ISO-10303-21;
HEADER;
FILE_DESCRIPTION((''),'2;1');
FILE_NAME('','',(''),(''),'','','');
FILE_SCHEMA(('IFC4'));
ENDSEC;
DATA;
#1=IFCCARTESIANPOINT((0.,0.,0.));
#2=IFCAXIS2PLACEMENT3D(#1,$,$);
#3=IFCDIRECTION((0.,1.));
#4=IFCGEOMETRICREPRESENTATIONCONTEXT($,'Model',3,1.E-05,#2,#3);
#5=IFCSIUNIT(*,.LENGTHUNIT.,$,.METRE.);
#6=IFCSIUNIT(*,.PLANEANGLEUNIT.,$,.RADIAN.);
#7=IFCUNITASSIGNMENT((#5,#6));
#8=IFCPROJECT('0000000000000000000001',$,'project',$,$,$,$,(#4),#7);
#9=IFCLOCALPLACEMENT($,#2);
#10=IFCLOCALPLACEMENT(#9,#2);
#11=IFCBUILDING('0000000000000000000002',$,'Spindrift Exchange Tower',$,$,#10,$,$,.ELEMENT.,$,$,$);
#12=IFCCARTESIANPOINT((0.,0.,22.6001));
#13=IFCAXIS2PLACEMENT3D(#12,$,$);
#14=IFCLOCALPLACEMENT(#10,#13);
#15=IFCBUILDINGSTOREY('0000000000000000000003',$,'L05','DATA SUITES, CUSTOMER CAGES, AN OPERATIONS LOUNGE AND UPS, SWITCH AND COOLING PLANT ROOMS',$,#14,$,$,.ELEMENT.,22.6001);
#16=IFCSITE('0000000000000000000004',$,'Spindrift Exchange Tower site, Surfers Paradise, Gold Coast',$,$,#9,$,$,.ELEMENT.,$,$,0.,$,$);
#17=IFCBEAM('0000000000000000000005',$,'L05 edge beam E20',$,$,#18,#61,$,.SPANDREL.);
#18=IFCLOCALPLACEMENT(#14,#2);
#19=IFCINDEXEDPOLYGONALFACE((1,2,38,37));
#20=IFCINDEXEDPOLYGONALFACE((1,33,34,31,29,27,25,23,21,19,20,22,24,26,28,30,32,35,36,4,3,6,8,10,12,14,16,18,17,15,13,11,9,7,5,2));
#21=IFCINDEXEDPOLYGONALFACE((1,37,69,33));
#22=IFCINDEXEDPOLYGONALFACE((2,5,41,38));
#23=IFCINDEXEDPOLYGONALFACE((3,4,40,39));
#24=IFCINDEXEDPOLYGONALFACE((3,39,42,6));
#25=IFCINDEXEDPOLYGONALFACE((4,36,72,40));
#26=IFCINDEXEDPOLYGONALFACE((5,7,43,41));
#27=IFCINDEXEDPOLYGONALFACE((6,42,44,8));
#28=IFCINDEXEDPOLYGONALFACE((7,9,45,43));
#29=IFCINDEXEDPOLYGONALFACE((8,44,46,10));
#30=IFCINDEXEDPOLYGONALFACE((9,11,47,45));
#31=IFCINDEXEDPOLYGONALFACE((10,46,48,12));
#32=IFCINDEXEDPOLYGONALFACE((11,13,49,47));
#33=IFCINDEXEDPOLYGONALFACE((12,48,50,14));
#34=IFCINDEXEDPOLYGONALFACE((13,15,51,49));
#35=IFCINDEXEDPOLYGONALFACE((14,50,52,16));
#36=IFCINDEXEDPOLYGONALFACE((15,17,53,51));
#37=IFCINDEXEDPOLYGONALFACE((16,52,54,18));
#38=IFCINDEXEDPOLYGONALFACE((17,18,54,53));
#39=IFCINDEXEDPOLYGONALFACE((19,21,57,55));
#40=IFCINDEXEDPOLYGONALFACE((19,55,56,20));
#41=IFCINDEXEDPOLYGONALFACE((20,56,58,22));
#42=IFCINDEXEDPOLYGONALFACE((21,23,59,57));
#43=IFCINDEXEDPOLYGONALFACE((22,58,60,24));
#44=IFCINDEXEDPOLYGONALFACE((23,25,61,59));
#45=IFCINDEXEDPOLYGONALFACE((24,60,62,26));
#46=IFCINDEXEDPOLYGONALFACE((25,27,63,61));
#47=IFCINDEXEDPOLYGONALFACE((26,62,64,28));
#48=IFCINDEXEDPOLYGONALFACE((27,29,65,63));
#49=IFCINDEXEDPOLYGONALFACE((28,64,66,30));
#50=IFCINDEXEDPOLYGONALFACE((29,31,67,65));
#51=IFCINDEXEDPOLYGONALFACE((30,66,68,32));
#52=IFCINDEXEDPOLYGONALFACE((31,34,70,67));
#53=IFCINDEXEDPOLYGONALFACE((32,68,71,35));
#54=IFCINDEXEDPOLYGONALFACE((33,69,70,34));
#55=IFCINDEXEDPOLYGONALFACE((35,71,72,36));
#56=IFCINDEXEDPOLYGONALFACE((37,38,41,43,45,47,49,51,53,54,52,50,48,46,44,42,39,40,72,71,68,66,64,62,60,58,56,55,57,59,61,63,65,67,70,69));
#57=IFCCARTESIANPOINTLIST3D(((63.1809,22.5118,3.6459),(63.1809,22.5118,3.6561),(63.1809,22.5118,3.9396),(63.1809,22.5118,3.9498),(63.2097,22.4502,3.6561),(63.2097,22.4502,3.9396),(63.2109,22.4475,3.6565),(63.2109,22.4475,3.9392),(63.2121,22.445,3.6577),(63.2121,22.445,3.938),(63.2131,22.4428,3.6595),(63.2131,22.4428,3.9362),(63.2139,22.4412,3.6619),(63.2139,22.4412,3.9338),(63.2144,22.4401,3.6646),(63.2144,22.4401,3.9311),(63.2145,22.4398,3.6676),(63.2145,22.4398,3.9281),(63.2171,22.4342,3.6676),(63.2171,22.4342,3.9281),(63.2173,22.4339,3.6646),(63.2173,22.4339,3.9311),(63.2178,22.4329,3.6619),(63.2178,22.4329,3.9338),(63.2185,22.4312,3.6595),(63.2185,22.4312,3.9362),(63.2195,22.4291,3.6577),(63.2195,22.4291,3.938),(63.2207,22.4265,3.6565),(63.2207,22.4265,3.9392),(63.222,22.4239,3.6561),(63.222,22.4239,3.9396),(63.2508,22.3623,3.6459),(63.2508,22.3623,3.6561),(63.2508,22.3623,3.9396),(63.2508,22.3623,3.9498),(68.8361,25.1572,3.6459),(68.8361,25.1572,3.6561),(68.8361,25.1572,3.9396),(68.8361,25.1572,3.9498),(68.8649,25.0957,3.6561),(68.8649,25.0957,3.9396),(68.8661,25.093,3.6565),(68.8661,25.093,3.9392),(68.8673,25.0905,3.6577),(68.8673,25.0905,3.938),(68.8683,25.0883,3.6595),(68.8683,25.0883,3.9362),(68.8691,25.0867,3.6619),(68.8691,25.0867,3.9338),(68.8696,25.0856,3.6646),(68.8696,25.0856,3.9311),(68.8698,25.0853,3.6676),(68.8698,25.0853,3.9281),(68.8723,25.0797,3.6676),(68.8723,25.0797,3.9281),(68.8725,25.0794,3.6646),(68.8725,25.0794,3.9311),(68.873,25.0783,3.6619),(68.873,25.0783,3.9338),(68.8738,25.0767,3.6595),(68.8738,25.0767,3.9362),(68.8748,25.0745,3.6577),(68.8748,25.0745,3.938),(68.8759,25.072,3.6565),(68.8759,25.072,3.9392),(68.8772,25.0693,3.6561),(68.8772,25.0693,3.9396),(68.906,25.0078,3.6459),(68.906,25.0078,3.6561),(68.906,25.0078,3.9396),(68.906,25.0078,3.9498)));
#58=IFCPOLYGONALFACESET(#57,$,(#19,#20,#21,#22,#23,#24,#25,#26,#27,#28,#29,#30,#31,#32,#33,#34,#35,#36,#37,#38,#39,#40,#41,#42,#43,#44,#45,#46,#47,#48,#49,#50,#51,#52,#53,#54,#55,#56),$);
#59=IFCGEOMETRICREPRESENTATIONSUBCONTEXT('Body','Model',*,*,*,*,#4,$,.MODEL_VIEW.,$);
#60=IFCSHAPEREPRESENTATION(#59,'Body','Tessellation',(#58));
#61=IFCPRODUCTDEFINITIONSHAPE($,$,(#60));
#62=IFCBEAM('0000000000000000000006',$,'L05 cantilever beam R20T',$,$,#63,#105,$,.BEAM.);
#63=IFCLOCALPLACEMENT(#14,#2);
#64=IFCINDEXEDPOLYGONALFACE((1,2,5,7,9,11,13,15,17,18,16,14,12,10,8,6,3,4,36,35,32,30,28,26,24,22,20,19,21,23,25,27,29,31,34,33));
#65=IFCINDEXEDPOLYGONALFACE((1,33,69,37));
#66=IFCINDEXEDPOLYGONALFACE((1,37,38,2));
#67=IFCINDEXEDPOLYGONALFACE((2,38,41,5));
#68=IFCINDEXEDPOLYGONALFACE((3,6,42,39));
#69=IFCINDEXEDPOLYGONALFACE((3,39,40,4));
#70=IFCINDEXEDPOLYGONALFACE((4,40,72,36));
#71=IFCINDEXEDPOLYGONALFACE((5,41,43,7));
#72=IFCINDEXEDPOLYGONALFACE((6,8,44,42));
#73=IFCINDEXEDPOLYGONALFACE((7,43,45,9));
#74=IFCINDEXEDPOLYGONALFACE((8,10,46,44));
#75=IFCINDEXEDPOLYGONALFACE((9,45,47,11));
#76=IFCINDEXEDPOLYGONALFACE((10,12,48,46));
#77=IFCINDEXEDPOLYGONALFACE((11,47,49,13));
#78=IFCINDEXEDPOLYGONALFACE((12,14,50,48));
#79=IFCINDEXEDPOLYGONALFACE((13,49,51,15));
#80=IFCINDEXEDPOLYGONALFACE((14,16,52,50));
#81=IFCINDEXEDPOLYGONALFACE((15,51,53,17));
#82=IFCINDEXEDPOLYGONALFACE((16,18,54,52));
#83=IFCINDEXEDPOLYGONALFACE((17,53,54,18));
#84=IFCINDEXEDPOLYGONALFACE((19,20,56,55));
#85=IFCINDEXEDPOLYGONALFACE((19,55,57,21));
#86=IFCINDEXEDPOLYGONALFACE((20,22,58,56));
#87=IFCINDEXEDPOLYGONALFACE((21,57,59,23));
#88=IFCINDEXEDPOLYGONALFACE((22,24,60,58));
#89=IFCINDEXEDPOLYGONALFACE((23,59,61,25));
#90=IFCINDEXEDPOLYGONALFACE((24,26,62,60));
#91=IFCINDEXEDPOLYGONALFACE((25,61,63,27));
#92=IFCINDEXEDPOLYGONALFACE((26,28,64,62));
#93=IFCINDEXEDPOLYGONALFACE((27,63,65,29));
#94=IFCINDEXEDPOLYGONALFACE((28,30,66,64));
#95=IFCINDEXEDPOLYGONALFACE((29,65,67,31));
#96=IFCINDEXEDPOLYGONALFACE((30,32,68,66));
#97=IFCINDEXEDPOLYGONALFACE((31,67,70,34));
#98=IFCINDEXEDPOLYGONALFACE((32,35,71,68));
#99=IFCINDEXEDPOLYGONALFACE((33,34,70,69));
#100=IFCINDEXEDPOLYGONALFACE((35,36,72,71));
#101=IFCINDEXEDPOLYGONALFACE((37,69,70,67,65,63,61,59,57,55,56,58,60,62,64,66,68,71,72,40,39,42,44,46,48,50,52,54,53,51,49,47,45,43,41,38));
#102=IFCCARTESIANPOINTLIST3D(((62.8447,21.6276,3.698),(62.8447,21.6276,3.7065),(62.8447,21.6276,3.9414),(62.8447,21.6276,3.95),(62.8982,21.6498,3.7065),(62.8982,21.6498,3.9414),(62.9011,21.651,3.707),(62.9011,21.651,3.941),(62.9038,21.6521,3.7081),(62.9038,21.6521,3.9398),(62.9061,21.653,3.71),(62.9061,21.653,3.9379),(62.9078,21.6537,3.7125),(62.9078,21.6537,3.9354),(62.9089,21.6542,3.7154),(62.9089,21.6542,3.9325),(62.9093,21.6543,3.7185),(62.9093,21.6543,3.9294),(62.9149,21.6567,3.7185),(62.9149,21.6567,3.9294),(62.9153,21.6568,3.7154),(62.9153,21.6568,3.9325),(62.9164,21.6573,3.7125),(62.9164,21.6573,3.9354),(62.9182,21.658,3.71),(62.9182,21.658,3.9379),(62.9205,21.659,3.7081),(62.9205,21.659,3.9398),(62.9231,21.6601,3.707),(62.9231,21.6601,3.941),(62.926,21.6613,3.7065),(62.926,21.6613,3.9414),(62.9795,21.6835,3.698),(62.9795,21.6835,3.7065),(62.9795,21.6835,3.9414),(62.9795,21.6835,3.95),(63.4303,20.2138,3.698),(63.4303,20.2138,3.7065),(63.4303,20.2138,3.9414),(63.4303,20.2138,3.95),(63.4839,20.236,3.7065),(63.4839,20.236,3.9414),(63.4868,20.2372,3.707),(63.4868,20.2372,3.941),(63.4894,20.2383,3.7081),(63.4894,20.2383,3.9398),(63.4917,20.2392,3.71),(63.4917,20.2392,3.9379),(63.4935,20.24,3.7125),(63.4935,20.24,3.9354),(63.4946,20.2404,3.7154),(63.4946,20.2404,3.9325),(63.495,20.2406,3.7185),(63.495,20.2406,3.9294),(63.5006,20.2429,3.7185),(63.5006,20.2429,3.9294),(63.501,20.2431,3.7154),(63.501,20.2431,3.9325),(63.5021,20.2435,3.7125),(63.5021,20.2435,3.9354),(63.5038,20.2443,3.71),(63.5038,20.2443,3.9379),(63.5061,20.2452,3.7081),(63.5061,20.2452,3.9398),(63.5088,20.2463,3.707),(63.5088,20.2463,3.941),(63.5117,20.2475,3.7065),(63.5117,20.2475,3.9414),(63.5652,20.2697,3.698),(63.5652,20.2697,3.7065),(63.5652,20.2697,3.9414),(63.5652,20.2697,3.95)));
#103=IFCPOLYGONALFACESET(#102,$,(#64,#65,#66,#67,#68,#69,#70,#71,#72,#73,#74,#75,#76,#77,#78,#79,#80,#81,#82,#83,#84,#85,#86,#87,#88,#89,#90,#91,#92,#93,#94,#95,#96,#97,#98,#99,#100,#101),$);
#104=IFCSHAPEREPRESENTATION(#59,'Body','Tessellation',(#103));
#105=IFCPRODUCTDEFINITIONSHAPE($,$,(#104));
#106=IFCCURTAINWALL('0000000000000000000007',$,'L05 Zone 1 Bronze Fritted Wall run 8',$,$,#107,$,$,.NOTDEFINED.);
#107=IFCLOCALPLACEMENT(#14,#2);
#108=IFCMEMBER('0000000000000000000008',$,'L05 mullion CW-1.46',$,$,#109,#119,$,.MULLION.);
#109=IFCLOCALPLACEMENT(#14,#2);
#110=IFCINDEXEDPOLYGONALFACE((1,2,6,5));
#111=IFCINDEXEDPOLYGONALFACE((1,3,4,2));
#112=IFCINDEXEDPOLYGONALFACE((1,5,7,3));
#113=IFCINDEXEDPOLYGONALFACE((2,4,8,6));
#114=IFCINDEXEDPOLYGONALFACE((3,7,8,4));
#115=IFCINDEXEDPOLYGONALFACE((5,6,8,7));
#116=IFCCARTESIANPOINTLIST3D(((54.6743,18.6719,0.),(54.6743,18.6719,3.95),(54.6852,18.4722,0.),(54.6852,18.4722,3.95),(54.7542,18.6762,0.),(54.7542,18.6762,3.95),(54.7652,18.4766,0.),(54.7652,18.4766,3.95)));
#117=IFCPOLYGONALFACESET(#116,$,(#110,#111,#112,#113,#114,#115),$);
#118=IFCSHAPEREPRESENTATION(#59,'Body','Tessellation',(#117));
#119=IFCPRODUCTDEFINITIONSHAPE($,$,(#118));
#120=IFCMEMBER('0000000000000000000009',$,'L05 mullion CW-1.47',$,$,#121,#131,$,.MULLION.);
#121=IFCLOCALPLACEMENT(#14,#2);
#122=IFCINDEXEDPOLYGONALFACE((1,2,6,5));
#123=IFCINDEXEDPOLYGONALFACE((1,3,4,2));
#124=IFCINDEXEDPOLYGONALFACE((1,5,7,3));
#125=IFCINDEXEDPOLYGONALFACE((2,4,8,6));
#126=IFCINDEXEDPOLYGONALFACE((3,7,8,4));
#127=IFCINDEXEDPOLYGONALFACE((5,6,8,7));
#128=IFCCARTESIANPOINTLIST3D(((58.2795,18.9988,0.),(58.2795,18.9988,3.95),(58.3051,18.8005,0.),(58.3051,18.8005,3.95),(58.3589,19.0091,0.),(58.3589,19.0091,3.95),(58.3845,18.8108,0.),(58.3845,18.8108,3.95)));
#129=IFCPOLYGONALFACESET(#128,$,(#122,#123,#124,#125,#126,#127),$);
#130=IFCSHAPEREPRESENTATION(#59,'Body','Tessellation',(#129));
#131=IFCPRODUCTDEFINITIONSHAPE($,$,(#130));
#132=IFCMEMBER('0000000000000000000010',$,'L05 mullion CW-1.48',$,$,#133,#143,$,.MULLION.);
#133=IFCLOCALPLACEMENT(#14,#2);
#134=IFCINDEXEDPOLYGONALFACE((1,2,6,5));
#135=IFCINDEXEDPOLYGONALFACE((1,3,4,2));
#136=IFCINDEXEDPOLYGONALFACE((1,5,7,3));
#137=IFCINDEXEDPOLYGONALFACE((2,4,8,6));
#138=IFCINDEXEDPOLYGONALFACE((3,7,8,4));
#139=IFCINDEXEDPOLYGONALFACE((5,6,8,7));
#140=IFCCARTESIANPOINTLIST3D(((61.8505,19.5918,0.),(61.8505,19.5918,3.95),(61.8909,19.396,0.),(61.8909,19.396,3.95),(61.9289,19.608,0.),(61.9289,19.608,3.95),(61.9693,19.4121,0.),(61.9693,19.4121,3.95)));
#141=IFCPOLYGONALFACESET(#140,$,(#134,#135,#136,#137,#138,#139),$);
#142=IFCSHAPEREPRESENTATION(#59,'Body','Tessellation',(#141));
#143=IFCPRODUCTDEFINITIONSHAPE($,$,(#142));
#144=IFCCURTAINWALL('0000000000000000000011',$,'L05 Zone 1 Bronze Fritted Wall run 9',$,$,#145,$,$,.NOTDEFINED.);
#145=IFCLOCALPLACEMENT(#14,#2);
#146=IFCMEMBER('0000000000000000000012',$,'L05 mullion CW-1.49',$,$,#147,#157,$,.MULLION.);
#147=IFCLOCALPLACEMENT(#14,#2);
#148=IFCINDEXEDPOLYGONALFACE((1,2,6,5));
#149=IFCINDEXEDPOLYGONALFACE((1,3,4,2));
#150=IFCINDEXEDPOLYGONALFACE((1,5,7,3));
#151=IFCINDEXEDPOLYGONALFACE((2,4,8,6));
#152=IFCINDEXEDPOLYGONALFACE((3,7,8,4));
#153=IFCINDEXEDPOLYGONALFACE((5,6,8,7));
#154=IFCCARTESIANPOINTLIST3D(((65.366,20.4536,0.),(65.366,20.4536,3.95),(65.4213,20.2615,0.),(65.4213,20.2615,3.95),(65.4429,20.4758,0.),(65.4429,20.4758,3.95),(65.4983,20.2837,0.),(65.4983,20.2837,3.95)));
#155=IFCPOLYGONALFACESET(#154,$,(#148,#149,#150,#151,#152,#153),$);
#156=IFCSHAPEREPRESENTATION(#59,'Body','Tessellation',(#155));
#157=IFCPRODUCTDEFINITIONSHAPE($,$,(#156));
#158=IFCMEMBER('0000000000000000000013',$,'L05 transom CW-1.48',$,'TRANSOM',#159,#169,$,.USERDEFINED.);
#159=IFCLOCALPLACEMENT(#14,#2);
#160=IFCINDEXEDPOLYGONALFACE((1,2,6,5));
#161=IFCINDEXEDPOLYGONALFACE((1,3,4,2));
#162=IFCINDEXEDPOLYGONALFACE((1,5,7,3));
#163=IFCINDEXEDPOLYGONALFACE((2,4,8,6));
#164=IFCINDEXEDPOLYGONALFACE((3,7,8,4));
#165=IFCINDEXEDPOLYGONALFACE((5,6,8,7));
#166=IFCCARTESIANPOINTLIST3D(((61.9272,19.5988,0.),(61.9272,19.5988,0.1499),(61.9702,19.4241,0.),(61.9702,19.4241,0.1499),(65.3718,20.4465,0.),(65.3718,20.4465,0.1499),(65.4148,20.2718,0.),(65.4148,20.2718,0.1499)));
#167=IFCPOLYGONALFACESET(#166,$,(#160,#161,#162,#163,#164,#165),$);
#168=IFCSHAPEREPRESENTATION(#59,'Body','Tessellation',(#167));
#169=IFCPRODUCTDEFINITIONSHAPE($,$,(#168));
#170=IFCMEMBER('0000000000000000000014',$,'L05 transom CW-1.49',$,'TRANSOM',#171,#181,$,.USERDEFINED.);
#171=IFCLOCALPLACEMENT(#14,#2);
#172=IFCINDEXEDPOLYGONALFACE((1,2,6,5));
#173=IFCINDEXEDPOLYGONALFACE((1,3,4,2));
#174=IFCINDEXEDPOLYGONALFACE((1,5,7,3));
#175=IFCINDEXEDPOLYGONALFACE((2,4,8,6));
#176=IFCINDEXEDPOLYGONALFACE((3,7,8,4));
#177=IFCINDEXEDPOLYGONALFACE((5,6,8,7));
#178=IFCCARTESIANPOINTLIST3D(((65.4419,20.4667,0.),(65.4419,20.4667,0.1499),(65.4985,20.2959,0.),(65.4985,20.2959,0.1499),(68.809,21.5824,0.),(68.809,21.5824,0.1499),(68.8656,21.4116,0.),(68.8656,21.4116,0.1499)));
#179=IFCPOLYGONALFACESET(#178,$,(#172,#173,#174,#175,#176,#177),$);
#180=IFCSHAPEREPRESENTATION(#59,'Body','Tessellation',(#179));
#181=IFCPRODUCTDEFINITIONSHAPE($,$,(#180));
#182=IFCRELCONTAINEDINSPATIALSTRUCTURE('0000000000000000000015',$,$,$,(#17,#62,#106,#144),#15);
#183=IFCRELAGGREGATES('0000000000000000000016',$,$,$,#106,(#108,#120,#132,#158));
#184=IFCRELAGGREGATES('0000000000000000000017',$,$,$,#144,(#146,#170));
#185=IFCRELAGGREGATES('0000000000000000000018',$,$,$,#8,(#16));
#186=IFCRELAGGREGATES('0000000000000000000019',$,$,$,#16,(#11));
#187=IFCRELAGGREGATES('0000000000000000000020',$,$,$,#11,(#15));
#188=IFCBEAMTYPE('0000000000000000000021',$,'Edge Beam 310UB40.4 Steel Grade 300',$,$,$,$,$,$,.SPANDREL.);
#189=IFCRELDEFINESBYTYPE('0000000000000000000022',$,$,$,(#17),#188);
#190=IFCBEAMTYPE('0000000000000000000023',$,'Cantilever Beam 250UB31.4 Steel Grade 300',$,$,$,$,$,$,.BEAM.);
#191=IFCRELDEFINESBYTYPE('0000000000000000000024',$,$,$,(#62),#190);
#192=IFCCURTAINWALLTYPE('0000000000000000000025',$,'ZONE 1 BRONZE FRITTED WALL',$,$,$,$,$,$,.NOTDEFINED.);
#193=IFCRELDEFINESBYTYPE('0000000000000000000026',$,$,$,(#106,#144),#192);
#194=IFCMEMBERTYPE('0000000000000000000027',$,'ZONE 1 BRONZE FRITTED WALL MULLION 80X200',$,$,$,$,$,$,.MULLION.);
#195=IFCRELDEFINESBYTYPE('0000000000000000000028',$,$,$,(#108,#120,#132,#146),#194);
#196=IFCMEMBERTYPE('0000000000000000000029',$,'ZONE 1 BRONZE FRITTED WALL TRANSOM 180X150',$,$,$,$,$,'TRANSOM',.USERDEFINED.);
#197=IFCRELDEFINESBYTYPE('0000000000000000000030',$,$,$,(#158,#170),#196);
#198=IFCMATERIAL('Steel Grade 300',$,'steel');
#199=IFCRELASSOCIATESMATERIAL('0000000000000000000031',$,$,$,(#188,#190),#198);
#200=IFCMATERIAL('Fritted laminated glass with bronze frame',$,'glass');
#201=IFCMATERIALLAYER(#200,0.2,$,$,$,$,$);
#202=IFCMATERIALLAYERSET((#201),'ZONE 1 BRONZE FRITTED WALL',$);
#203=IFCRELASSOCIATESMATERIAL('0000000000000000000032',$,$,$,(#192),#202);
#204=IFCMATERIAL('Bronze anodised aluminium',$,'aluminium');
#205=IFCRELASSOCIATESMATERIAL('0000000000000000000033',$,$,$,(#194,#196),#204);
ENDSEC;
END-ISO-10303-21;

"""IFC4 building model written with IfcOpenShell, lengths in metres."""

from ifc_helpers import new_model, si_unit, direction, frame, origin, origin_2d, place, context, subcontext, project, spatial, rectangle, i_section, extrude, source, transform, mapped, material, layer, layer_set, material_profile, profile_set, type_object, element, aggregate, save


model = new_model("IFC4")

# Units and contexts
model_context = context("Model", 3, precision=1e-05, world=origin(), true_north=direction((0.0, 1.0)))
body_context = subcontext(model_context, "Body", "Model", "MODEL_VIEW")
ifc_project = project(units=[si_unit("LENGTHUNIT", "METRE"), si_unit("PLANEANGLEUNIT", "RADIAN")], contexts=[model_context])

# Site, building, storey
site_placement = place(None, origin())
site = spatial("IfcSite", under=ifc_project, at=site_placement, Name="Spindrift Exchange Tower site, Surfers Paradise, Gold Coast", CompositionType="ELEMENT", RefElevation=0.0)
building_placement = place(site_placement, origin())
building = spatial("IfcBuilding", under=site, at=building_placement, Name="Spindrift Exchange Tower", CompositionType="ELEMENT")
storey_placement = place(building_placement, frame((0.0, 0.0, 22.6001)))
storey = spatial("IfcBuildingStorey", under=building, at=storey_placement, Name="L05", Description="DATA SUITES, CUSTOMER CAGES, AN OPERATIONS LOUNGE AND UPS, SWITCH AND COOLING PLANT ROOMS", CompositionType="ELEMENT", Elevation=22.6001)

# Beams
ifc_material_1 = material(Name="Steel Grade 300", Category="steel")
ifc_material_profile_1 = material_profile(ifc_material_1, i_section(OverallWidth=0.165, OverallDepth=0.304, WebThickness=0.0061, FlangeThickness=0.0103, FilletRadius=0.0115, at=origin_2d()), Name="310UB40.4")
ifc_profile_set_1 = profile_set([ifc_material_profile_1], Name="Steel Grade 300")
beam_type_1 = type_object("IfcBeamType", Name="Edge Beam 310UB40.4 Steel Grade 300", PredefinedType="SPANDREL", material=ifc_profile_set_1)
shared_shape_1 = source(origin(), body_context, "Body", "SweptSolid", [
    extrude(i_section(OverallWidth=0.165, OverallDepth=0.304, WebThickness=0.0061, FlangeThickness=0.0103, FilletRadius=0.0115, at=origin_2d()), origin(), (0.0, 0.0, 1.0), 6.2434),
])
beam_1_placement = place(storey_placement, frame((63.2158, 22.437, 3.7979), z_axis=(0.905791, 0.423724, 0.0), x_axis=(-0.423724, 0.905791, 0.0)))
element("IfcBeam", 1, at=beam_1_placement, inside=storey, type_object=beam_type_1, Name="L05 edge beam E20", PredefinedType="SPANDREL", context=body_context, shape_type="MappedRepresentation", body=[
    mapped(shared_shape_1, transform((0.0, 0.0, 0.0), scale=1.0)),
])
ifc_material_profile_2 = material_profile(ifc_material_1, i_section(OverallWidth=0.146, OverallDepth=0.252, WebThickness=0.0061, FlangeThickness=0.0085, FilletRadius=0.012, at=origin_2d()), Name="250UB31.4")
ifc_profile_set_2 = profile_set([ifc_material_profile_2], Name="Steel Grade 300")
beam_type_2 = type_object("IfcBeamType", Name="Cantilever Beam 250UB31.4 Steel Grade 300", PredefinedType="BEAM", material=ifc_profile_set_2)
shared_shape_2 = source(origin(), body_context, "Body", "SweptSolid", [
    extrude(i_section(OverallWidth=0.146, OverallDepth=0.252, WebThickness=0.0061, FlangeThickness=0.0085, FilletRadius=0.012, at=origin_2d()), origin(), (0.0, 0.0, 1.0), 1.5303),
])
beam_2_placement = place(storey_placement, frame((62.9121, 21.6555, 3.824), z_axis=(0.382723, -0.923863, 0.0), x_axis=(0.923863, 0.382723, 0.0)))
element("IfcBeam", 2, at=beam_2_placement, inside=storey, type_object=beam_type_2, Name="L05 cantilever beam R20T", PredefinedType="BEAM", context=body_context, shape_type="MappedRepresentation", body=[
    mapped(shared_shape_2, transform((0.0, 0.0, 0.0), scale=1.0)),
])

# Curtain wall, members
ifc_material_2 = material(Name="Fritted laminated glass with bronze frame", Category="glass")
ifc_layer_1 = layer(ifc_material_2, 0.2)
ifc_layer_set_1 = layer_set([ifc_layer_1], Name="ZONE 1 BRONZE FRITTED WALL")
curtain_wall_type = type_object("IfcCurtainWallType", Name="ZONE 1 BRONZE FRITTED WALL", PredefinedType="NOTDEFINED", material=ifc_layer_set_1)
curtain_wall_1_placement = place(storey_placement, origin())
curtain_wall_1 = element("IfcCurtainWall", 3, at=curtain_wall_1_placement, inside=storey, type_object=curtain_wall_type, Name="L05 Zone 1 Bronze Fritted Wall run 8", PredefinedType="NOTDEFINED")
ifc_material_3 = material(Name="Bronze anodised aluminium", Category="aluminium")
ifc_material_profile_3 = material_profile(ifc_material_3, rectangle(XDim=0.0801, YDim=0.2, at=origin_2d()), Name="ZONE 1 BRONZE FRITTED WALL MULLION 80X200")
ifc_profile_set_3 = profile_set([ifc_material_profile_3], Name="Bronze anodised aluminium")
member_type_1 = type_object("IfcMemberType", Name="ZONE 1 BRONZE FRITTED WALL MULLION 80X200", PredefinedType="MULLION", material=ifc_profile_set_3)
shared_shape_3 = source(origin(), body_context, "Body", "SweptSolid", [
    extrude(rectangle(XDim=0.0801, YDim=0.2, at=origin_2d()), origin(), (0.0, 0.0, 1.0), 3.95),
])
member_1_placement = place(storey_placement, frame((54.7197, 18.5742, 0.0), z_axis=(0.0, 0.0, 1.0), x_axis=(0.998503, 0.054704, 0.0)))
member_1 = element("IfcMember", 4, at=member_1_placement, type_object=member_type_1, Name="L05 mullion CW-1.46", PredefinedType="MULLION", context=body_context, shape_type="MappedRepresentation", body=[
    mapped(shared_shape_3, transform((0.0, 0.0, 0.0), scale=1.0)),
])
member_2_placement = place(storey_placement, frame((58.332, 18.9048, 0.0), z_axis=(0.0, 0.0, 1.0), x_axis=(0.991779, 0.127962, 0.0)))
member_2 = element("IfcMember", 5, at=member_2_placement, type_object=member_type_1, Name="L05 mullion CW-1.47", PredefinedType="MULLION", context=body_context, shape_type="MappedRepresentation", body=[
    mapped(shared_shape_3, transform((0.0, 0.0, 0.0), scale=1.0)),
])
member_3_placement = place(storey_placement, frame((61.9099, 19.502, 0.0), z_axis=(0.0, 0.0, 1.0), x_axis=(0.979402, 0.20192, 0.0)))
member_3 = element("IfcMember", 6, at=member_3_placement, type_object=member_type_1, Name="L05 mullion CW-1.48", PredefinedType="MULLION", context=body_context, shape_type="MappedRepresentation", body=[
    mapped(shared_shape_3, transform((0.0, 0.0, 0.0), scale=1.0)),
])

# Curtain wall, member
curtain_wall_2_placement = place(storey_placement, origin())
curtain_wall_2 = element("IfcCurtainWall", 7, at=curtain_wall_2_placement, inside=storey, type_object=curtain_wall_type, Name="L05 Zone 1 Bronze Fritted Wall run 9", PredefinedType="NOTDEFINED")
member_4_placement = place(storey_placement, frame((65.4321, 20.3687, 0.0), z_axis=(0.0, 0.0, 1.0), x_axis=(0.960884, 0.27695, 0.0)))
member_4 = element("IfcMember", 8, at=member_4_placement, type_object=member_type_1, Name="L05 mullion CW-1.49", PredefinedType="MULLION", context=body_context, shape_type="MappedRepresentation", body=[
    mapped(shared_shape_3, transform((0.0, 0.0, 0.0), scale=1.0)),
])

# Members
ifc_material_profile_4 = material_profile(ifc_material_3, rectangle(XDim=0.1799, YDim=0.1499, at=origin_2d()), Name="ZONE 1 BRONZE FRITTED WALL TRANSOM 180X150")
ifc_profile_set_4 = profile_set([ifc_material_profile_4], Name="Bronze anodised aluminium")
member_type_2 = type_object("IfcMemberType", Name="ZONE 1 BRONZE FRITTED WALL TRANSOM 180X150", ElementType="TRANSOM", PredefinedType="USERDEFINED", material=ifc_profile_set_4)
shared_shape_4 = source(origin(), body_context, "Body", "SweptSolid", [
    extrude(rectangle(XDim=0.1799, YDim=0.1499, at=origin_2d()), origin(), (0.0, 0.0, 1.0), 3.5474),
])
member_5_placement = place(storey_placement, frame((61.9487, 19.5115, 0.075), z_axis=(0.971031, 0.238955, 0.0), x_axis=(-0.238955, 0.971031, 0.0)))
member_5 = element("IfcMember", 9, at=member_5_placement, type_object=member_type_2, Name="L05 transom CW-1.48", ObjectType="TRANSOM", PredefinedType="USERDEFINED", context=body_context, shape_type="MappedRepresentation", body=[
    mapped(shared_shape_4, transform((0.0, 0.0, 0.0), scale=1.0)),
])
shared_shape_5 = source(origin(), body_context, "Body", "SweptSolid", [
    extrude(rectangle(XDim=0.1799, YDim=0.1499, at=origin_2d()), origin(), (0.0, 0.0, 1.0), 3.5471),
])
member_6_placement = place(storey_placement, frame((65.4702, 20.3813, 0.075), z_axis=(0.949246, 0.314534, 0.0), x_axis=(-0.314534, 0.949246, 0.0)))
member_6 = element("IfcMember", 10, at=member_6_placement, type_object=member_type_2, Name="L05 transom CW-1.49", ObjectType="TRANSOM", PredefinedType="USERDEFINED", context=body_context, shape_type="MappedRepresentation", body=[
    mapped(shared_shape_5, transform((0.0, 0.0, 0.0), scale=1.0)),
])

aggregate(curtain_wall_1, [member_1, member_2, member_3, member_5])
aggregate(curtain_wall_2, [member_4, member_6])

save(model, "model.ifc")
